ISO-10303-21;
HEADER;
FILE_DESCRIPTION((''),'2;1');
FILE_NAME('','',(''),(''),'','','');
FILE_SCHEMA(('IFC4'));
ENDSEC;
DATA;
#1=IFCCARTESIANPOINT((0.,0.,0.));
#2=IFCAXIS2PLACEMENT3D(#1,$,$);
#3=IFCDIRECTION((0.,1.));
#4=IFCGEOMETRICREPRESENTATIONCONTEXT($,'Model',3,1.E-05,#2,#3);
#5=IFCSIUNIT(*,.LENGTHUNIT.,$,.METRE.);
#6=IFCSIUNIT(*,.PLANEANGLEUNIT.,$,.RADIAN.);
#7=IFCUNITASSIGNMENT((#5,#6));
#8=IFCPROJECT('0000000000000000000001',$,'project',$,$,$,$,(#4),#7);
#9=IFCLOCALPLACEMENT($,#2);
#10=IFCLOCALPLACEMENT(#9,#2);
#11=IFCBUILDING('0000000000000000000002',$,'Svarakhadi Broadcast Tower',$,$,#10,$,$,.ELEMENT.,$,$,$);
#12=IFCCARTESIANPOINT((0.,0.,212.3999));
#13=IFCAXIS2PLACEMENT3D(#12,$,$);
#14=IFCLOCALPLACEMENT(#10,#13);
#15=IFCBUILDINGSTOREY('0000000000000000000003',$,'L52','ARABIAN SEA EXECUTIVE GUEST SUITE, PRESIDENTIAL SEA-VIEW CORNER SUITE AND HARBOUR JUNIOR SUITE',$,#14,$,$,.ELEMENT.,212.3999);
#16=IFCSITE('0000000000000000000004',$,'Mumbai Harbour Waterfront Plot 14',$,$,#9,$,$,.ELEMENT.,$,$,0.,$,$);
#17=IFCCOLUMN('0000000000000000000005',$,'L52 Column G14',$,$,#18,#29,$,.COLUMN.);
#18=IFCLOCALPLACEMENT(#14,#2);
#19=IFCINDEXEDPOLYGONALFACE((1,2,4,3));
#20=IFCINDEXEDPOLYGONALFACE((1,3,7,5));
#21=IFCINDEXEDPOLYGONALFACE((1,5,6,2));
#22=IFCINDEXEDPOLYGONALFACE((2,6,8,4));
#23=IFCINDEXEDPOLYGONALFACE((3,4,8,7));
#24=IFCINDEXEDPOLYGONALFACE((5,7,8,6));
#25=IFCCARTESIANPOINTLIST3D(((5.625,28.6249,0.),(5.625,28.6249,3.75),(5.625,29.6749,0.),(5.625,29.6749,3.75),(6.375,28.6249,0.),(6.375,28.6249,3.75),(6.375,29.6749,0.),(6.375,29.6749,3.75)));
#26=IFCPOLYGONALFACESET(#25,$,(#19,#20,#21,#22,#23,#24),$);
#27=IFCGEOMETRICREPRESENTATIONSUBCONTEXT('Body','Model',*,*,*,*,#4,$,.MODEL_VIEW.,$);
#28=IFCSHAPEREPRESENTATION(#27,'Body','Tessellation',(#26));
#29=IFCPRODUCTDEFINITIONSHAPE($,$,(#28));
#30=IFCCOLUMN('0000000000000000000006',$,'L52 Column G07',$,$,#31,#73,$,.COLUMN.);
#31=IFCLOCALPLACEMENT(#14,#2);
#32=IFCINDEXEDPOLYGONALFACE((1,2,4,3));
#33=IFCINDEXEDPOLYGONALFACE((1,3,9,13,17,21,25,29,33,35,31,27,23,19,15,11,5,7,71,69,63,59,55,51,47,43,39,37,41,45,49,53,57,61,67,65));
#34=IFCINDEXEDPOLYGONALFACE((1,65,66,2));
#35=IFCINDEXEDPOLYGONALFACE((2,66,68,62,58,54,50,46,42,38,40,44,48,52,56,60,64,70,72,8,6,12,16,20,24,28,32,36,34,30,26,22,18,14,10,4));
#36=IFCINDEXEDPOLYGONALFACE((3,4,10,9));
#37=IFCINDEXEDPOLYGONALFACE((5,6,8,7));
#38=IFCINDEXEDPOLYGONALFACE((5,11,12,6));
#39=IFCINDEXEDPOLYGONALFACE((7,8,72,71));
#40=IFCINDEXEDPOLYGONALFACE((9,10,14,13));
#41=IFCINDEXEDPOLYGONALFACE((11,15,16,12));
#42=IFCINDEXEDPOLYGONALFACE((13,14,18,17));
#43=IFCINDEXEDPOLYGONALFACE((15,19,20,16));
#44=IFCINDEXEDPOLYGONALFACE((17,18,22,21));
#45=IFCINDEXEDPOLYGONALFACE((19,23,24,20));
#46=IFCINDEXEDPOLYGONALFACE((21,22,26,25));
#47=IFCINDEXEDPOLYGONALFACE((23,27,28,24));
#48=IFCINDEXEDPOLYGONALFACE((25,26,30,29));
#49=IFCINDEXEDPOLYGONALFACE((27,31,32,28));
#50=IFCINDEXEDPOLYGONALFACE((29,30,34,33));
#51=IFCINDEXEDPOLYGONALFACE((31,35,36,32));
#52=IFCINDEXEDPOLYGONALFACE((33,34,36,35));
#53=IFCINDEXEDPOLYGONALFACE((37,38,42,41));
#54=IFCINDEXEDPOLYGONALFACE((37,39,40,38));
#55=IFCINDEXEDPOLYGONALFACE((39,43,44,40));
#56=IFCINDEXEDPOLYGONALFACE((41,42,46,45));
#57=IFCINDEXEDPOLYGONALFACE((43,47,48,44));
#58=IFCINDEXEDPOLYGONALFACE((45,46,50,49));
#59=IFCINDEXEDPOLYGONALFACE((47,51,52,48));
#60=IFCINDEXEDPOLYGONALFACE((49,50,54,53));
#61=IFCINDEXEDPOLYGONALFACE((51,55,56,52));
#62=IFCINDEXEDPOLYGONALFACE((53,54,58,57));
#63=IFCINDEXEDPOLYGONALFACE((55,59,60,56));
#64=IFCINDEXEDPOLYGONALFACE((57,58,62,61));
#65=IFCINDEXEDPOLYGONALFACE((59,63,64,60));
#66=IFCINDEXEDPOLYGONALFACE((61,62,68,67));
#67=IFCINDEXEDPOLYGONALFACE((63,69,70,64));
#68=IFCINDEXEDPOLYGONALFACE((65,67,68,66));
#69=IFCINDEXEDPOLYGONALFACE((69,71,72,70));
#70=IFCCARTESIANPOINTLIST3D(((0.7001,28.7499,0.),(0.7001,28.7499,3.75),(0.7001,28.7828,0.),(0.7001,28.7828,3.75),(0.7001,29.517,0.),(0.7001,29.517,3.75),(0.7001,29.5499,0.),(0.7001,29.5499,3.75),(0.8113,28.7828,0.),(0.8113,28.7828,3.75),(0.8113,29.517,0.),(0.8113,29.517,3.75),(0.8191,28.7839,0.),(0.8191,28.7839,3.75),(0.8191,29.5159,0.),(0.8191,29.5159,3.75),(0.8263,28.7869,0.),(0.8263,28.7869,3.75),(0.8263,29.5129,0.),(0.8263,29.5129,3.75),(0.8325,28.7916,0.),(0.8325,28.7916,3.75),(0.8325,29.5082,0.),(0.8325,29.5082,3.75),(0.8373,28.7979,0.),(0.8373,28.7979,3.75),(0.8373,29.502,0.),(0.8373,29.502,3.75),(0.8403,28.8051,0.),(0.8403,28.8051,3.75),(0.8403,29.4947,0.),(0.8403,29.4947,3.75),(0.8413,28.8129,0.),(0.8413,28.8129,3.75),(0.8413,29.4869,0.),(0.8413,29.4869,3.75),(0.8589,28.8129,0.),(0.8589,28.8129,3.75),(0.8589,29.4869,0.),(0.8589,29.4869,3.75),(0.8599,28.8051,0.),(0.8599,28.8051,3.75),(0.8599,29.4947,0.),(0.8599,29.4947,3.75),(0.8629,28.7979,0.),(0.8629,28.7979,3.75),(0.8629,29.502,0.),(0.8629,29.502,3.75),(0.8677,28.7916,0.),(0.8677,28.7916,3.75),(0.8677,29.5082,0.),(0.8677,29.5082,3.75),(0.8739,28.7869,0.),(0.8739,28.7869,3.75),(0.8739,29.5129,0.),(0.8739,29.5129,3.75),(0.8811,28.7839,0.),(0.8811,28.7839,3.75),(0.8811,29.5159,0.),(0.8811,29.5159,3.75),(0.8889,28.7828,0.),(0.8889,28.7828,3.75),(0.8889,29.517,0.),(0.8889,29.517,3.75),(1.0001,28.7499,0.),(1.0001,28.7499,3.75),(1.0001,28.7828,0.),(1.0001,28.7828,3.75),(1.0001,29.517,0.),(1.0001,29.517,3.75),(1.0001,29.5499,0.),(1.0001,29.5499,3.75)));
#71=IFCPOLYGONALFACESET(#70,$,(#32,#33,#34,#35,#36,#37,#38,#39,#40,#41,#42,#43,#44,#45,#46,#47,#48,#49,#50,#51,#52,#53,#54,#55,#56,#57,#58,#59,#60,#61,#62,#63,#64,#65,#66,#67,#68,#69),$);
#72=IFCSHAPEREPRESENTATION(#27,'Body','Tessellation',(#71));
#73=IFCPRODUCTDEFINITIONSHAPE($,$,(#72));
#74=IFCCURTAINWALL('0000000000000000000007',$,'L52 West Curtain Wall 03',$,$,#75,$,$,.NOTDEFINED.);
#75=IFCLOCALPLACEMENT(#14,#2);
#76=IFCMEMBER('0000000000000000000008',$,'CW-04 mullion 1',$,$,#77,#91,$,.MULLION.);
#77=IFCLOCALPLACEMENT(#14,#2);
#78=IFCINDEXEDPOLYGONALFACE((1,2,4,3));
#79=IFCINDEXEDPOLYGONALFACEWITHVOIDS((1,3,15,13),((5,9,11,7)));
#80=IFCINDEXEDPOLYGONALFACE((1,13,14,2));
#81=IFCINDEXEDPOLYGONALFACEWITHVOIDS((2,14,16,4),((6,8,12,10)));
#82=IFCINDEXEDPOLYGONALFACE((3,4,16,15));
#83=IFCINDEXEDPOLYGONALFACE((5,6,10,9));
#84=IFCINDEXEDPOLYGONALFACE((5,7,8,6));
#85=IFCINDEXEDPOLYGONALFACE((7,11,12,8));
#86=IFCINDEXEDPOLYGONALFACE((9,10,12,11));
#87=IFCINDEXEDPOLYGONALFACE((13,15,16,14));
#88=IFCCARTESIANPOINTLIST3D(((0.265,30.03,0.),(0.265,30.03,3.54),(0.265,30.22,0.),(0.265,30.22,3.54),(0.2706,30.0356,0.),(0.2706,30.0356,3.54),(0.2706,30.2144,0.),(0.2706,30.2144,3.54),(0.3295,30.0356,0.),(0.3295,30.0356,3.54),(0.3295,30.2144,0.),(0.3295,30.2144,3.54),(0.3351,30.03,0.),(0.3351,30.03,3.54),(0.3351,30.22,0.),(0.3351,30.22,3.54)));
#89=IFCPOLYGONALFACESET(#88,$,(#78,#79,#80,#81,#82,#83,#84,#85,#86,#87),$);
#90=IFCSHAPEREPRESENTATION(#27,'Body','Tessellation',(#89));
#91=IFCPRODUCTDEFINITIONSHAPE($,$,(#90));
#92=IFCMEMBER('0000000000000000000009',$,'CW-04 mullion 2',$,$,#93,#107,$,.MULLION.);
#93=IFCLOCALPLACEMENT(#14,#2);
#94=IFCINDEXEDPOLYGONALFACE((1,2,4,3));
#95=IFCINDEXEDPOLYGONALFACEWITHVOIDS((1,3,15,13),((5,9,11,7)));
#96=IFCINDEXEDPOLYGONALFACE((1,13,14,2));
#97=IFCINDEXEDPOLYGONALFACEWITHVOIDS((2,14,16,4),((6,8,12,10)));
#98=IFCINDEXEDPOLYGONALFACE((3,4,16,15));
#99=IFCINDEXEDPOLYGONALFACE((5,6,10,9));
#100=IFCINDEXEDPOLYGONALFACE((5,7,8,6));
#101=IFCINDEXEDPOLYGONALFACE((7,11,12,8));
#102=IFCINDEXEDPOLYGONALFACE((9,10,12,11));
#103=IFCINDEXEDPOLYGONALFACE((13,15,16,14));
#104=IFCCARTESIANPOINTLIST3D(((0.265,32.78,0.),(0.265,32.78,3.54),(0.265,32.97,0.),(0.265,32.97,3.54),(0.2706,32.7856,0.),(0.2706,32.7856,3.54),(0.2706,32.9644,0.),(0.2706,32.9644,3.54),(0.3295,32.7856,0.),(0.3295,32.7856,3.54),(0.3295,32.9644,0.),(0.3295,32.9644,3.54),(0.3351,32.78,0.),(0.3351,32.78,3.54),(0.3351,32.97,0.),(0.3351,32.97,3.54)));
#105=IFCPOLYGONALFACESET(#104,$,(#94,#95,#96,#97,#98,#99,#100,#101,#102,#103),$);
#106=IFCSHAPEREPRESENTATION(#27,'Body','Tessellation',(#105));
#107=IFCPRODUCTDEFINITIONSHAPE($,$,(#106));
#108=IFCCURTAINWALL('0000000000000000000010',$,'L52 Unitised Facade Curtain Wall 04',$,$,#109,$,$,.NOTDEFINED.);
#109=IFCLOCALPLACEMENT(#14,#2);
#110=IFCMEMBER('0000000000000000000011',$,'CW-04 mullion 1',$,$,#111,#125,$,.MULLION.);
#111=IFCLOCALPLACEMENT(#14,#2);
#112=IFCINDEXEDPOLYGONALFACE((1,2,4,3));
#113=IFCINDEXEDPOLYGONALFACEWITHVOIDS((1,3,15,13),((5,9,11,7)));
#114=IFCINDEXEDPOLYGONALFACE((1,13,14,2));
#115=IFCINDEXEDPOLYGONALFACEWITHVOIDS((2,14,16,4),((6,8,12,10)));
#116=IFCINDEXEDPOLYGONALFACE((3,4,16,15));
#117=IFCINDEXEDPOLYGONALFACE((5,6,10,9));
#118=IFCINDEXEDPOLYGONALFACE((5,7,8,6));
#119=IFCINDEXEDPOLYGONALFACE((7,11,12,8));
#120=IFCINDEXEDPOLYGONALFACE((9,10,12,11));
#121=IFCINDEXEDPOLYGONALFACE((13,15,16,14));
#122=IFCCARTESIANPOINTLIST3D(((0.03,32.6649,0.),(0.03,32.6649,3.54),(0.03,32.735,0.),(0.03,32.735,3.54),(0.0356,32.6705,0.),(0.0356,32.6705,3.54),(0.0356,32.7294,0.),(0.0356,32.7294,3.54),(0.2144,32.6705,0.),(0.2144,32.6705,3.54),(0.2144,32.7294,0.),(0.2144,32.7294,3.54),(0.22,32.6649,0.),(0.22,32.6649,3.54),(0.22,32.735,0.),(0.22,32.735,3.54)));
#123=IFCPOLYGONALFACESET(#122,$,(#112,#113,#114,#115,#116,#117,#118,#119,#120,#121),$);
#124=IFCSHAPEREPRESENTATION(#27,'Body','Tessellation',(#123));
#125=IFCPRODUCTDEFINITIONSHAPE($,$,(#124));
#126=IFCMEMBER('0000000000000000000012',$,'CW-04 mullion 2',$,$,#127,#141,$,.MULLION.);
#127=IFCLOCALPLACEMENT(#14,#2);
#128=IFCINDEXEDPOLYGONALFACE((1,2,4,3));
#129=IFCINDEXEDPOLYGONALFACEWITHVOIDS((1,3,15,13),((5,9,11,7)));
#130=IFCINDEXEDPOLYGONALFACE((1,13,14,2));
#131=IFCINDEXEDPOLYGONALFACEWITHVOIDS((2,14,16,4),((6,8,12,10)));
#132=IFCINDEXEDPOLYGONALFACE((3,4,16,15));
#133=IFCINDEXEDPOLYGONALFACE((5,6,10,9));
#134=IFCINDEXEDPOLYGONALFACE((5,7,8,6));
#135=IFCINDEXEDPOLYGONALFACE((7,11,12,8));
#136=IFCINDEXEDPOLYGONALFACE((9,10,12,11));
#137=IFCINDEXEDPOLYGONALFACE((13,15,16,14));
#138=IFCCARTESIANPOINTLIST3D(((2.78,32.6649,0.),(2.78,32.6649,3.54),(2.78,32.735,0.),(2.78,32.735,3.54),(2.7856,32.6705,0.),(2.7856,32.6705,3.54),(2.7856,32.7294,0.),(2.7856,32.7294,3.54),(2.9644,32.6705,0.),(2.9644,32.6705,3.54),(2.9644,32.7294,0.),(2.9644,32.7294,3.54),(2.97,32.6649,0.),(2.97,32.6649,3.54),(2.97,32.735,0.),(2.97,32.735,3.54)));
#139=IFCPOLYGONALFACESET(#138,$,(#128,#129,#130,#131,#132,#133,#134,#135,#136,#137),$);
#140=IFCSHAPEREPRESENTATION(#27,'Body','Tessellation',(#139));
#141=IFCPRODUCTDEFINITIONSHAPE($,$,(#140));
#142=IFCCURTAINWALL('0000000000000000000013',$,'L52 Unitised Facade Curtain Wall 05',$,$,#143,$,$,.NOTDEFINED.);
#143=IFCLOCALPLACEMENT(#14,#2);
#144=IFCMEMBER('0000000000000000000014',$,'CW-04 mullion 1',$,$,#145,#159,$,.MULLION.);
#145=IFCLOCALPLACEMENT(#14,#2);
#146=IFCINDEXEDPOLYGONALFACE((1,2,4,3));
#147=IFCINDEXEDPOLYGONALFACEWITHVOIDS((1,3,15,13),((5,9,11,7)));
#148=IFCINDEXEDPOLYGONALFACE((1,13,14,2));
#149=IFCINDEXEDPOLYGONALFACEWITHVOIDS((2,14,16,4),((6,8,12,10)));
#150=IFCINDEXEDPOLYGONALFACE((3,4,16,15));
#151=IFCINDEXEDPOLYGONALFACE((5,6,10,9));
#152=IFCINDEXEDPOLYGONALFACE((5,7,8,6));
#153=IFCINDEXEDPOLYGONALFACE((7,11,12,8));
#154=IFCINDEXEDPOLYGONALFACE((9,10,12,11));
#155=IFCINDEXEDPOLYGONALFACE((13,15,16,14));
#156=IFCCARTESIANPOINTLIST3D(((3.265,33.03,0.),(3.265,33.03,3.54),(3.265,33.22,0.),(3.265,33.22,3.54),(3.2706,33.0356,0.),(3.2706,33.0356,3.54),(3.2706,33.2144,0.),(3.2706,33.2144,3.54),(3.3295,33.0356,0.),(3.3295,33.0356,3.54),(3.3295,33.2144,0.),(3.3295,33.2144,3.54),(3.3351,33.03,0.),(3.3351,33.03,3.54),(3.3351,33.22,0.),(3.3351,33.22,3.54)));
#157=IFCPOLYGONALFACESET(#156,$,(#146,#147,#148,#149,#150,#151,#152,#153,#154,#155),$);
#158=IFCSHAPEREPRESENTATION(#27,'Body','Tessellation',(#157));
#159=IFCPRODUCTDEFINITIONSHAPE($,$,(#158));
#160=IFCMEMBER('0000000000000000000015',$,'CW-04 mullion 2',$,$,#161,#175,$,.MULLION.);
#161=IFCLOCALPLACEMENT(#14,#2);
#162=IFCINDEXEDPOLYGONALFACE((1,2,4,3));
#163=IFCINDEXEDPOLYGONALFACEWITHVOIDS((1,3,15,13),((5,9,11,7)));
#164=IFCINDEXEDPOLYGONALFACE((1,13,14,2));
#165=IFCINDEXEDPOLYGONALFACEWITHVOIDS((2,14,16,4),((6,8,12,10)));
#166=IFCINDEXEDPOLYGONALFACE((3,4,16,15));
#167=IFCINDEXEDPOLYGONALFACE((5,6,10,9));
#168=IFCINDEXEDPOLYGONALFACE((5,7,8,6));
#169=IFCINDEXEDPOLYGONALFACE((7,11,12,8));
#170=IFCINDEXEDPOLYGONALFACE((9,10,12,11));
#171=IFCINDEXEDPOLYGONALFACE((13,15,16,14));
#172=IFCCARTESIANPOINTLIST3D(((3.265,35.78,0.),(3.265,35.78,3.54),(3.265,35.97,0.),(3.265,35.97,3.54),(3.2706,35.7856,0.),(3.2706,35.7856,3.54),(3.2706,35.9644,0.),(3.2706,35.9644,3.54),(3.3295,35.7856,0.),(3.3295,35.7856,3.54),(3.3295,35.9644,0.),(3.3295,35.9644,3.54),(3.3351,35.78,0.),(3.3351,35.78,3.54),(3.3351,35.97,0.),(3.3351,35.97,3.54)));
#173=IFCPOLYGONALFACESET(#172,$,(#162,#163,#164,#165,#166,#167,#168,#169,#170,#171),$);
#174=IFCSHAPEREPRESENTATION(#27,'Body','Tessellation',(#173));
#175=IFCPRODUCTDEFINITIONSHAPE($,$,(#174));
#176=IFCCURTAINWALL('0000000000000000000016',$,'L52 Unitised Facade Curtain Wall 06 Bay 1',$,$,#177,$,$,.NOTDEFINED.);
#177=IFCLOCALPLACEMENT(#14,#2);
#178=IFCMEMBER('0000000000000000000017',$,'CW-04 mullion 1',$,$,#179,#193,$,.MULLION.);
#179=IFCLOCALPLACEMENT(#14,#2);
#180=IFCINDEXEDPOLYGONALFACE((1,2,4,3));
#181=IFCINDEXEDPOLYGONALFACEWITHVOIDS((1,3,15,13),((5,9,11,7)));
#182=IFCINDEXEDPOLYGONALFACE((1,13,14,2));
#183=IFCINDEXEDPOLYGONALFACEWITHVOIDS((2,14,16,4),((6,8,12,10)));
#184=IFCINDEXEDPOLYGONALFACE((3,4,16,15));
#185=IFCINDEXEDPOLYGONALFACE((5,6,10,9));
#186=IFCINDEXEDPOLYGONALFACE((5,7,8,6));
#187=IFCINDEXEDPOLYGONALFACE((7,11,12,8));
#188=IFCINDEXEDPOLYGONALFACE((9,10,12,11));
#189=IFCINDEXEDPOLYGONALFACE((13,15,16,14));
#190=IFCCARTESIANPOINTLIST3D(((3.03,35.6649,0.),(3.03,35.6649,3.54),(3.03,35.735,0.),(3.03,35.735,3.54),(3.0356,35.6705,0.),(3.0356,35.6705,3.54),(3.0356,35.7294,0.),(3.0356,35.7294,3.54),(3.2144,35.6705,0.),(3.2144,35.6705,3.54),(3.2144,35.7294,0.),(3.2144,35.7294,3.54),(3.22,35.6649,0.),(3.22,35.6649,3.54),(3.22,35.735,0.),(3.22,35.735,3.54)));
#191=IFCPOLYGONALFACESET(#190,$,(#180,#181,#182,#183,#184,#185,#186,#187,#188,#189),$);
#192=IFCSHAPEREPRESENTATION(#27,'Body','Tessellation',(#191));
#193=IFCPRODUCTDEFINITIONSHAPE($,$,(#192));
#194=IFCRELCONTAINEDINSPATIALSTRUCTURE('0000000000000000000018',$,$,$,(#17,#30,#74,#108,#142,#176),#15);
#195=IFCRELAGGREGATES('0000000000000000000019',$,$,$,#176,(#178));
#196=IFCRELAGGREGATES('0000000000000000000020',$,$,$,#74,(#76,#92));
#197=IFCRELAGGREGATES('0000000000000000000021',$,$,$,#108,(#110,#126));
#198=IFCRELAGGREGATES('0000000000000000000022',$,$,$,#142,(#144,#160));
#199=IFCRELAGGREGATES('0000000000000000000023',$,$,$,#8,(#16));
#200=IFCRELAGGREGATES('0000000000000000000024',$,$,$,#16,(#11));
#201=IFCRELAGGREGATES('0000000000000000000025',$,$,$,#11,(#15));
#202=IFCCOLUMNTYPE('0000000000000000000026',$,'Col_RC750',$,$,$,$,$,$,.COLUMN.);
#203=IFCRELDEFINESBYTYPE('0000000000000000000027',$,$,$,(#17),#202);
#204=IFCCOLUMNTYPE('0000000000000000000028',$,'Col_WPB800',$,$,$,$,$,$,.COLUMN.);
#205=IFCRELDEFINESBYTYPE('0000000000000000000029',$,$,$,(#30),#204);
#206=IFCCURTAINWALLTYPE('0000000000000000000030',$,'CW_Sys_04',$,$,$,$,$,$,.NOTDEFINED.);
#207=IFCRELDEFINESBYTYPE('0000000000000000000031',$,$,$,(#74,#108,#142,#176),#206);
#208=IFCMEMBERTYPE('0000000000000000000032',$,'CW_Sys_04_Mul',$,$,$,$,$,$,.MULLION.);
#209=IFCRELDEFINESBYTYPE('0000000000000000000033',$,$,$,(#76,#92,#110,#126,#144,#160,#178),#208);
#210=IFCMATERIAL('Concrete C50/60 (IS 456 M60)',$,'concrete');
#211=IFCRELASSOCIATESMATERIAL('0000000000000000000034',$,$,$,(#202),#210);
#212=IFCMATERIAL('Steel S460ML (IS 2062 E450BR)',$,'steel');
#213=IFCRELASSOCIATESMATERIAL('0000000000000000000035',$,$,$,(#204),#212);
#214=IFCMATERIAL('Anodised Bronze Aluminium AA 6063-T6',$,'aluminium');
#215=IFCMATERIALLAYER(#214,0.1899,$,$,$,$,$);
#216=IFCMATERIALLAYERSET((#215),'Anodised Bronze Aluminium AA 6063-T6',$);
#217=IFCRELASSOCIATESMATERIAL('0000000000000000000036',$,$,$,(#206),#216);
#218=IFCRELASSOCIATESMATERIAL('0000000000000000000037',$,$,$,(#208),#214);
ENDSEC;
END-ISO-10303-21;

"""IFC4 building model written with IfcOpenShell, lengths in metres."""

from ifc_helpers import new_model, si_unit, direction, frame, origin, origin_2d, place, context, subcontext, project, spatial, rectangle, hollow_rectangle, i_section, extrude, material, layer, layer_set, material_profile, profile_set, type_object, element, aggregate, save


model = new_model("IFC4")

# Units and contexts
model_context = context("Model", 3, precision=1e-05, world=origin(), true_north=direction((0.0, 1.0)))
body_context = subcontext(model_context, "Body", "Model", "MODEL_VIEW")
ifc_project = project(units=[si_unit("LENGTHUNIT", "METRE"), si_unit("PLANEANGLEUNIT", "RADIAN")], contexts=[model_context])

# Site, building, storey
site_placement = place(None, origin())
site = spatial("IfcSite", under=ifc_project, at=site_placement, Name="Mumbai Harbour Waterfront Plot 14", CompositionType="ELEMENT", RefElevation=0.0)
building_placement = place(site_placement, origin())
building = spatial("IfcBuilding", under=site, at=building_placement, Name="Svarakhadi Broadcast Tower", CompositionType="ELEMENT")
storey_placement = place(building_placement, frame((0.0, 0.0, 212.3999)))
storey = spatial("IfcBuildingStorey", under=building, at=storey_placement, Name="L52", Description="ARABIAN SEA EXECUTIVE GUEST SUITE, PRESIDENTIAL SEA-VIEW CORNER SUITE AND HARBOUR JUNIOR SUITE", CompositionType="ELEMENT", Elevation=212.3999)

# Columns
ifc_material_1 = material(Name="Concrete C50/60 (IS 456 M60)", Category="concrete")
ifc_material_profile_1 = material_profile(ifc_material_1, rectangle(XDim=0.75, YDim=1.05, at=origin_2d()), Name="RC 750x1050")
ifc_profile_set_1 = profile_set([ifc_material_profile_1], Name="Concrete C50/60 (IS 456 M60)")
column_type_1 = type_object("IfcColumnType", Name="Col_RC750", PredefinedType="COLUMN", material=ifc_profile_set_1)
column_1_placement = place(storey_placement, frame((6.0, 29.1499, 0.0), z_axis=(0.0, 0.0, 1.0), x_axis=(1.0, 0.0, 0.0)))
element("IfcColumn", 1, at=column_1_placement, inside=storey, type_object=column_type_1, Name="L52 Column G14", PredefinedType="COLUMN", context=body_context, shape_type="SweptSolid", body=[
    extrude(rectangle(XDim=0.75, YDim=1.05, at=origin_2d()), origin(), (0.0, 0.0, 1.0), 3.75),
])
ifc_material_2 = material(Name="Steel S460ML (IS 2062 E450BR)", Category="steel")
ifc_material_profile_2 = material_profile(ifc_material_2, i_section(OverallWidth=0.3, OverallDepth=0.8, WebThickness=0.0176, FlangeThickness=0.033, FilletRadius=0.03, at=origin_2d()), Name="WPB 800x300x262")
ifc_profile_set_2 = profile_set([ifc_material_profile_2], Name="Steel S460ML (IS 2062 E450BR)")
column_type_2 = type_object("IfcColumnType", Name="Col_WPB800", PredefinedType="COLUMN", material=ifc_profile_set_2)
column_2_placement = place(storey_placement, frame((0.8501, 29.1499, 0.0), z_axis=(0.0, 0.0, 1.0), x_axis=(1.0, 0.0, 0.0)))
element("IfcColumn", 2, at=column_2_placement, inside=storey, type_object=column_type_2, Name="L52 Column G07", PredefinedType="COLUMN", context=body_context, shape_type="SweptSolid", body=[
    extrude(i_section(OverallWidth=0.3, OverallDepth=0.8, WebThickness=0.0176, FlangeThickness=0.033, FilletRadius=0.03, at=origin_2d()), origin(), (0.0, 0.0, 1.0), 3.75),
])

# Curtain walls, members
ifc_material_3 = material(Name="Anodised Bronze Aluminium AA 6063-T6", Category="aluminium")
ifc_layer_1 = layer(ifc_material_3, 0.1899)
ifc_layer_set_1 = layer_set([ifc_layer_1], Name="Anodised Bronze Aluminium AA 6063-T6")
curtain_wall_type = type_object("IfcCurtainWallType", Name="CW_Sys_04", PredefinedType="NOTDEFINED", material=ifc_layer_set_1)
curtain_wall_1_placement = place(storey_placement, origin())
curtain_wall_1 = element("IfcCurtainWall", 3, at=curtain_wall_1_placement, inside=storey, type_object=curtain_wall_type, Name="L52 West Curtain Wall 03", PredefinedType="NOTDEFINED")
ifc_material_profile_3 = material_profile(ifc_material_3, hollow_rectangle(XDim=0.0701, YDim=0.1899, WallThickness=0.0056, at=origin_2d()), Name="ALU MULLION 190x70x6")
ifc_profile_set_3 = profile_set([ifc_material_profile_3], Name="Anodised Bronze Aluminium AA 6063-T6")
member_type_1 = type_object("IfcMemberType", Name="CW_Sys_04_Mul", PredefinedType="MULLION", material=ifc_profile_set_3)
member_1_placement = place(storey_placement, frame((0.3, 30.125, 0.0), z_axis=(0.0, 0.0, 1.0), x_axis=(-1.0, 0.0, 0.0)))
member_1 = element("IfcMember", 4, at=member_1_placement, type_object=member_type_1, Name="CW-04 mullion 1", PredefinedType="MULLION", context=body_context, shape_type="SweptSolid", body=[
    extrude(hollow_rectangle(XDim=0.0701, YDim=0.1899, WallThickness=0.0056, at=origin_2d()), origin(), (0.0, 0.0, 1.0), 3.54),
])
member_2_placement = place(storey_placement, frame((0.3, 32.875, 0.0), z_axis=(0.0, 0.0, 1.0), x_axis=(-1.0, 0.0, 0.0)))
member_2 = element("IfcMember", 5, at=member_2_placement, type_object=member_type_1, Name="CW-04 mullion 2", PredefinedType="MULLION", context=body_context, shape_type="SweptSolid", body=[
    extrude(hollow_rectangle(XDim=0.0701, YDim=0.1899, WallThickness=0.0056, at=origin_2d()), origin(), (0.0, 0.0, 1.0), 3.54),
])
curtain_wall_2_placement = place(storey_placement, origin())
curtain_wall_2 = element("IfcCurtainWall", 6, at=curtain_wall_2_placement, inside=storey, type_object=curtain_wall_type, Name="L52 Unitised Facade Curtain Wall 04", PredefinedType="NOTDEFINED")
member_3_placement = place(storey_placement, frame((0.125, 32.7, 0.0), z_axis=(0.0, 0.0, 1.0), x_axis=(0.0, 1.0, 0.0)))
member_3 = element("IfcMember", 7, at=member_3_placement, type_object=member_type_1, Name="CW-04 mullion 1", PredefinedType="MULLION", context=body_context, shape_type="SweptSolid", body=[
    extrude(hollow_rectangle(XDim=0.0701, YDim=0.1899, WallThickness=0.0056, at=origin_2d()), origin(), (0.0, 0.0, 1.0), 3.54),
])
member_4_placement = place(storey_placement, frame((2.875, 32.7, 0.0), z_axis=(0.0, 0.0, 1.0), x_axis=(0.0, 1.0, 0.0)))
member_4 = element("IfcMember", 8, at=member_4_placement, type_object=member_type_1, Name="CW-04 mullion 2", PredefinedType="MULLION", context=body_context, shape_type="SweptSolid", body=[
    extrude(hollow_rectangle(XDim=0.0701, YDim=0.1899, WallThickness=0.0056, at=origin_2d()), origin(), (0.0, 0.0, 1.0), 3.54),
])
curtain_wall_3_placement = place(storey_placement, origin())
curtain_wall_3 = element("IfcCurtainWall", 9, at=curtain_wall_3_placement, inside=storey, type_object=curtain_wall_type, Name="L52 Unitised Facade Curtain Wall 05", PredefinedType="NOTDEFINED")
member_5_placement = place(storey_placement, frame((3.3, 33.125, 0.0), z_axis=(0.0, 0.0, 1.0), x_axis=(-1.0, 0.0, 0.0)))
member_5 = element("IfcMember", 10, at=member_5_placement, type_object=member_type_1, Name="CW-04 mullion 1", PredefinedType="MULLION", context=body_context, shape_type="SweptSolid", body=[
    extrude(hollow_rectangle(XDim=0.0701, YDim=0.1899, WallThickness=0.0056, at=origin_2d()), origin(), (0.0, 0.0, 1.0), 3.54),
])
member_6_placement = place(storey_placement, frame((3.3, 35.875, 0.0), z_axis=(0.0, 0.0, 1.0), x_axis=(-1.0, 0.0, 0.0)))
member_6 = element("IfcMember", 11, at=member_6_placement, type_object=member_type_1, Name="CW-04 mullion 2", PredefinedType="MULLION", context=body_context, shape_type="SweptSolid", body=[
    extrude(hollow_rectangle(XDim=0.0701, YDim=0.1899, WallThickness=0.0056, at=origin_2d()), origin(), (0.0, 0.0, 1.0), 3.54),
])

# Curtain wall, member
curtain_wall_4_placement = place(storey_placement, origin())
curtain_wall_4 = element("IfcCurtainWall", 12, at=curtain_wall_4_placement, inside=storey, type_object=curtain_wall_type, Name="L52 Unitised Facade Curtain Wall 06 Bay 1", PredefinedType="NOTDEFINED")
member_7_placement = place(storey_placement, frame((3.125, 35.7, 0.0), z_axis=(0.0, 0.0, 1.0), x_axis=(0.0, 1.0, 0.0)))
member_7 = element("IfcMember", 13, at=member_7_placement, type_object=member_type_1, Name="CW-04 mullion 1", PredefinedType="MULLION", context=body_context, shape_type="SweptSolid", body=[
    extrude(hollow_rectangle(XDim=0.0701, YDim=0.1899, WallThickness=0.0056, at=origin_2d()), origin(), (0.0, 0.0, 1.0), 3.54),
])

aggregate(curtain_wall_4, [member_7])

aggregate(curtain_wall_1, [member_1, member_2])
aggregate(curtain_wall_2, [member_3, member_4])
aggregate(curtain_wall_3, [member_5, member_6])

save(model, "model.ifc")
